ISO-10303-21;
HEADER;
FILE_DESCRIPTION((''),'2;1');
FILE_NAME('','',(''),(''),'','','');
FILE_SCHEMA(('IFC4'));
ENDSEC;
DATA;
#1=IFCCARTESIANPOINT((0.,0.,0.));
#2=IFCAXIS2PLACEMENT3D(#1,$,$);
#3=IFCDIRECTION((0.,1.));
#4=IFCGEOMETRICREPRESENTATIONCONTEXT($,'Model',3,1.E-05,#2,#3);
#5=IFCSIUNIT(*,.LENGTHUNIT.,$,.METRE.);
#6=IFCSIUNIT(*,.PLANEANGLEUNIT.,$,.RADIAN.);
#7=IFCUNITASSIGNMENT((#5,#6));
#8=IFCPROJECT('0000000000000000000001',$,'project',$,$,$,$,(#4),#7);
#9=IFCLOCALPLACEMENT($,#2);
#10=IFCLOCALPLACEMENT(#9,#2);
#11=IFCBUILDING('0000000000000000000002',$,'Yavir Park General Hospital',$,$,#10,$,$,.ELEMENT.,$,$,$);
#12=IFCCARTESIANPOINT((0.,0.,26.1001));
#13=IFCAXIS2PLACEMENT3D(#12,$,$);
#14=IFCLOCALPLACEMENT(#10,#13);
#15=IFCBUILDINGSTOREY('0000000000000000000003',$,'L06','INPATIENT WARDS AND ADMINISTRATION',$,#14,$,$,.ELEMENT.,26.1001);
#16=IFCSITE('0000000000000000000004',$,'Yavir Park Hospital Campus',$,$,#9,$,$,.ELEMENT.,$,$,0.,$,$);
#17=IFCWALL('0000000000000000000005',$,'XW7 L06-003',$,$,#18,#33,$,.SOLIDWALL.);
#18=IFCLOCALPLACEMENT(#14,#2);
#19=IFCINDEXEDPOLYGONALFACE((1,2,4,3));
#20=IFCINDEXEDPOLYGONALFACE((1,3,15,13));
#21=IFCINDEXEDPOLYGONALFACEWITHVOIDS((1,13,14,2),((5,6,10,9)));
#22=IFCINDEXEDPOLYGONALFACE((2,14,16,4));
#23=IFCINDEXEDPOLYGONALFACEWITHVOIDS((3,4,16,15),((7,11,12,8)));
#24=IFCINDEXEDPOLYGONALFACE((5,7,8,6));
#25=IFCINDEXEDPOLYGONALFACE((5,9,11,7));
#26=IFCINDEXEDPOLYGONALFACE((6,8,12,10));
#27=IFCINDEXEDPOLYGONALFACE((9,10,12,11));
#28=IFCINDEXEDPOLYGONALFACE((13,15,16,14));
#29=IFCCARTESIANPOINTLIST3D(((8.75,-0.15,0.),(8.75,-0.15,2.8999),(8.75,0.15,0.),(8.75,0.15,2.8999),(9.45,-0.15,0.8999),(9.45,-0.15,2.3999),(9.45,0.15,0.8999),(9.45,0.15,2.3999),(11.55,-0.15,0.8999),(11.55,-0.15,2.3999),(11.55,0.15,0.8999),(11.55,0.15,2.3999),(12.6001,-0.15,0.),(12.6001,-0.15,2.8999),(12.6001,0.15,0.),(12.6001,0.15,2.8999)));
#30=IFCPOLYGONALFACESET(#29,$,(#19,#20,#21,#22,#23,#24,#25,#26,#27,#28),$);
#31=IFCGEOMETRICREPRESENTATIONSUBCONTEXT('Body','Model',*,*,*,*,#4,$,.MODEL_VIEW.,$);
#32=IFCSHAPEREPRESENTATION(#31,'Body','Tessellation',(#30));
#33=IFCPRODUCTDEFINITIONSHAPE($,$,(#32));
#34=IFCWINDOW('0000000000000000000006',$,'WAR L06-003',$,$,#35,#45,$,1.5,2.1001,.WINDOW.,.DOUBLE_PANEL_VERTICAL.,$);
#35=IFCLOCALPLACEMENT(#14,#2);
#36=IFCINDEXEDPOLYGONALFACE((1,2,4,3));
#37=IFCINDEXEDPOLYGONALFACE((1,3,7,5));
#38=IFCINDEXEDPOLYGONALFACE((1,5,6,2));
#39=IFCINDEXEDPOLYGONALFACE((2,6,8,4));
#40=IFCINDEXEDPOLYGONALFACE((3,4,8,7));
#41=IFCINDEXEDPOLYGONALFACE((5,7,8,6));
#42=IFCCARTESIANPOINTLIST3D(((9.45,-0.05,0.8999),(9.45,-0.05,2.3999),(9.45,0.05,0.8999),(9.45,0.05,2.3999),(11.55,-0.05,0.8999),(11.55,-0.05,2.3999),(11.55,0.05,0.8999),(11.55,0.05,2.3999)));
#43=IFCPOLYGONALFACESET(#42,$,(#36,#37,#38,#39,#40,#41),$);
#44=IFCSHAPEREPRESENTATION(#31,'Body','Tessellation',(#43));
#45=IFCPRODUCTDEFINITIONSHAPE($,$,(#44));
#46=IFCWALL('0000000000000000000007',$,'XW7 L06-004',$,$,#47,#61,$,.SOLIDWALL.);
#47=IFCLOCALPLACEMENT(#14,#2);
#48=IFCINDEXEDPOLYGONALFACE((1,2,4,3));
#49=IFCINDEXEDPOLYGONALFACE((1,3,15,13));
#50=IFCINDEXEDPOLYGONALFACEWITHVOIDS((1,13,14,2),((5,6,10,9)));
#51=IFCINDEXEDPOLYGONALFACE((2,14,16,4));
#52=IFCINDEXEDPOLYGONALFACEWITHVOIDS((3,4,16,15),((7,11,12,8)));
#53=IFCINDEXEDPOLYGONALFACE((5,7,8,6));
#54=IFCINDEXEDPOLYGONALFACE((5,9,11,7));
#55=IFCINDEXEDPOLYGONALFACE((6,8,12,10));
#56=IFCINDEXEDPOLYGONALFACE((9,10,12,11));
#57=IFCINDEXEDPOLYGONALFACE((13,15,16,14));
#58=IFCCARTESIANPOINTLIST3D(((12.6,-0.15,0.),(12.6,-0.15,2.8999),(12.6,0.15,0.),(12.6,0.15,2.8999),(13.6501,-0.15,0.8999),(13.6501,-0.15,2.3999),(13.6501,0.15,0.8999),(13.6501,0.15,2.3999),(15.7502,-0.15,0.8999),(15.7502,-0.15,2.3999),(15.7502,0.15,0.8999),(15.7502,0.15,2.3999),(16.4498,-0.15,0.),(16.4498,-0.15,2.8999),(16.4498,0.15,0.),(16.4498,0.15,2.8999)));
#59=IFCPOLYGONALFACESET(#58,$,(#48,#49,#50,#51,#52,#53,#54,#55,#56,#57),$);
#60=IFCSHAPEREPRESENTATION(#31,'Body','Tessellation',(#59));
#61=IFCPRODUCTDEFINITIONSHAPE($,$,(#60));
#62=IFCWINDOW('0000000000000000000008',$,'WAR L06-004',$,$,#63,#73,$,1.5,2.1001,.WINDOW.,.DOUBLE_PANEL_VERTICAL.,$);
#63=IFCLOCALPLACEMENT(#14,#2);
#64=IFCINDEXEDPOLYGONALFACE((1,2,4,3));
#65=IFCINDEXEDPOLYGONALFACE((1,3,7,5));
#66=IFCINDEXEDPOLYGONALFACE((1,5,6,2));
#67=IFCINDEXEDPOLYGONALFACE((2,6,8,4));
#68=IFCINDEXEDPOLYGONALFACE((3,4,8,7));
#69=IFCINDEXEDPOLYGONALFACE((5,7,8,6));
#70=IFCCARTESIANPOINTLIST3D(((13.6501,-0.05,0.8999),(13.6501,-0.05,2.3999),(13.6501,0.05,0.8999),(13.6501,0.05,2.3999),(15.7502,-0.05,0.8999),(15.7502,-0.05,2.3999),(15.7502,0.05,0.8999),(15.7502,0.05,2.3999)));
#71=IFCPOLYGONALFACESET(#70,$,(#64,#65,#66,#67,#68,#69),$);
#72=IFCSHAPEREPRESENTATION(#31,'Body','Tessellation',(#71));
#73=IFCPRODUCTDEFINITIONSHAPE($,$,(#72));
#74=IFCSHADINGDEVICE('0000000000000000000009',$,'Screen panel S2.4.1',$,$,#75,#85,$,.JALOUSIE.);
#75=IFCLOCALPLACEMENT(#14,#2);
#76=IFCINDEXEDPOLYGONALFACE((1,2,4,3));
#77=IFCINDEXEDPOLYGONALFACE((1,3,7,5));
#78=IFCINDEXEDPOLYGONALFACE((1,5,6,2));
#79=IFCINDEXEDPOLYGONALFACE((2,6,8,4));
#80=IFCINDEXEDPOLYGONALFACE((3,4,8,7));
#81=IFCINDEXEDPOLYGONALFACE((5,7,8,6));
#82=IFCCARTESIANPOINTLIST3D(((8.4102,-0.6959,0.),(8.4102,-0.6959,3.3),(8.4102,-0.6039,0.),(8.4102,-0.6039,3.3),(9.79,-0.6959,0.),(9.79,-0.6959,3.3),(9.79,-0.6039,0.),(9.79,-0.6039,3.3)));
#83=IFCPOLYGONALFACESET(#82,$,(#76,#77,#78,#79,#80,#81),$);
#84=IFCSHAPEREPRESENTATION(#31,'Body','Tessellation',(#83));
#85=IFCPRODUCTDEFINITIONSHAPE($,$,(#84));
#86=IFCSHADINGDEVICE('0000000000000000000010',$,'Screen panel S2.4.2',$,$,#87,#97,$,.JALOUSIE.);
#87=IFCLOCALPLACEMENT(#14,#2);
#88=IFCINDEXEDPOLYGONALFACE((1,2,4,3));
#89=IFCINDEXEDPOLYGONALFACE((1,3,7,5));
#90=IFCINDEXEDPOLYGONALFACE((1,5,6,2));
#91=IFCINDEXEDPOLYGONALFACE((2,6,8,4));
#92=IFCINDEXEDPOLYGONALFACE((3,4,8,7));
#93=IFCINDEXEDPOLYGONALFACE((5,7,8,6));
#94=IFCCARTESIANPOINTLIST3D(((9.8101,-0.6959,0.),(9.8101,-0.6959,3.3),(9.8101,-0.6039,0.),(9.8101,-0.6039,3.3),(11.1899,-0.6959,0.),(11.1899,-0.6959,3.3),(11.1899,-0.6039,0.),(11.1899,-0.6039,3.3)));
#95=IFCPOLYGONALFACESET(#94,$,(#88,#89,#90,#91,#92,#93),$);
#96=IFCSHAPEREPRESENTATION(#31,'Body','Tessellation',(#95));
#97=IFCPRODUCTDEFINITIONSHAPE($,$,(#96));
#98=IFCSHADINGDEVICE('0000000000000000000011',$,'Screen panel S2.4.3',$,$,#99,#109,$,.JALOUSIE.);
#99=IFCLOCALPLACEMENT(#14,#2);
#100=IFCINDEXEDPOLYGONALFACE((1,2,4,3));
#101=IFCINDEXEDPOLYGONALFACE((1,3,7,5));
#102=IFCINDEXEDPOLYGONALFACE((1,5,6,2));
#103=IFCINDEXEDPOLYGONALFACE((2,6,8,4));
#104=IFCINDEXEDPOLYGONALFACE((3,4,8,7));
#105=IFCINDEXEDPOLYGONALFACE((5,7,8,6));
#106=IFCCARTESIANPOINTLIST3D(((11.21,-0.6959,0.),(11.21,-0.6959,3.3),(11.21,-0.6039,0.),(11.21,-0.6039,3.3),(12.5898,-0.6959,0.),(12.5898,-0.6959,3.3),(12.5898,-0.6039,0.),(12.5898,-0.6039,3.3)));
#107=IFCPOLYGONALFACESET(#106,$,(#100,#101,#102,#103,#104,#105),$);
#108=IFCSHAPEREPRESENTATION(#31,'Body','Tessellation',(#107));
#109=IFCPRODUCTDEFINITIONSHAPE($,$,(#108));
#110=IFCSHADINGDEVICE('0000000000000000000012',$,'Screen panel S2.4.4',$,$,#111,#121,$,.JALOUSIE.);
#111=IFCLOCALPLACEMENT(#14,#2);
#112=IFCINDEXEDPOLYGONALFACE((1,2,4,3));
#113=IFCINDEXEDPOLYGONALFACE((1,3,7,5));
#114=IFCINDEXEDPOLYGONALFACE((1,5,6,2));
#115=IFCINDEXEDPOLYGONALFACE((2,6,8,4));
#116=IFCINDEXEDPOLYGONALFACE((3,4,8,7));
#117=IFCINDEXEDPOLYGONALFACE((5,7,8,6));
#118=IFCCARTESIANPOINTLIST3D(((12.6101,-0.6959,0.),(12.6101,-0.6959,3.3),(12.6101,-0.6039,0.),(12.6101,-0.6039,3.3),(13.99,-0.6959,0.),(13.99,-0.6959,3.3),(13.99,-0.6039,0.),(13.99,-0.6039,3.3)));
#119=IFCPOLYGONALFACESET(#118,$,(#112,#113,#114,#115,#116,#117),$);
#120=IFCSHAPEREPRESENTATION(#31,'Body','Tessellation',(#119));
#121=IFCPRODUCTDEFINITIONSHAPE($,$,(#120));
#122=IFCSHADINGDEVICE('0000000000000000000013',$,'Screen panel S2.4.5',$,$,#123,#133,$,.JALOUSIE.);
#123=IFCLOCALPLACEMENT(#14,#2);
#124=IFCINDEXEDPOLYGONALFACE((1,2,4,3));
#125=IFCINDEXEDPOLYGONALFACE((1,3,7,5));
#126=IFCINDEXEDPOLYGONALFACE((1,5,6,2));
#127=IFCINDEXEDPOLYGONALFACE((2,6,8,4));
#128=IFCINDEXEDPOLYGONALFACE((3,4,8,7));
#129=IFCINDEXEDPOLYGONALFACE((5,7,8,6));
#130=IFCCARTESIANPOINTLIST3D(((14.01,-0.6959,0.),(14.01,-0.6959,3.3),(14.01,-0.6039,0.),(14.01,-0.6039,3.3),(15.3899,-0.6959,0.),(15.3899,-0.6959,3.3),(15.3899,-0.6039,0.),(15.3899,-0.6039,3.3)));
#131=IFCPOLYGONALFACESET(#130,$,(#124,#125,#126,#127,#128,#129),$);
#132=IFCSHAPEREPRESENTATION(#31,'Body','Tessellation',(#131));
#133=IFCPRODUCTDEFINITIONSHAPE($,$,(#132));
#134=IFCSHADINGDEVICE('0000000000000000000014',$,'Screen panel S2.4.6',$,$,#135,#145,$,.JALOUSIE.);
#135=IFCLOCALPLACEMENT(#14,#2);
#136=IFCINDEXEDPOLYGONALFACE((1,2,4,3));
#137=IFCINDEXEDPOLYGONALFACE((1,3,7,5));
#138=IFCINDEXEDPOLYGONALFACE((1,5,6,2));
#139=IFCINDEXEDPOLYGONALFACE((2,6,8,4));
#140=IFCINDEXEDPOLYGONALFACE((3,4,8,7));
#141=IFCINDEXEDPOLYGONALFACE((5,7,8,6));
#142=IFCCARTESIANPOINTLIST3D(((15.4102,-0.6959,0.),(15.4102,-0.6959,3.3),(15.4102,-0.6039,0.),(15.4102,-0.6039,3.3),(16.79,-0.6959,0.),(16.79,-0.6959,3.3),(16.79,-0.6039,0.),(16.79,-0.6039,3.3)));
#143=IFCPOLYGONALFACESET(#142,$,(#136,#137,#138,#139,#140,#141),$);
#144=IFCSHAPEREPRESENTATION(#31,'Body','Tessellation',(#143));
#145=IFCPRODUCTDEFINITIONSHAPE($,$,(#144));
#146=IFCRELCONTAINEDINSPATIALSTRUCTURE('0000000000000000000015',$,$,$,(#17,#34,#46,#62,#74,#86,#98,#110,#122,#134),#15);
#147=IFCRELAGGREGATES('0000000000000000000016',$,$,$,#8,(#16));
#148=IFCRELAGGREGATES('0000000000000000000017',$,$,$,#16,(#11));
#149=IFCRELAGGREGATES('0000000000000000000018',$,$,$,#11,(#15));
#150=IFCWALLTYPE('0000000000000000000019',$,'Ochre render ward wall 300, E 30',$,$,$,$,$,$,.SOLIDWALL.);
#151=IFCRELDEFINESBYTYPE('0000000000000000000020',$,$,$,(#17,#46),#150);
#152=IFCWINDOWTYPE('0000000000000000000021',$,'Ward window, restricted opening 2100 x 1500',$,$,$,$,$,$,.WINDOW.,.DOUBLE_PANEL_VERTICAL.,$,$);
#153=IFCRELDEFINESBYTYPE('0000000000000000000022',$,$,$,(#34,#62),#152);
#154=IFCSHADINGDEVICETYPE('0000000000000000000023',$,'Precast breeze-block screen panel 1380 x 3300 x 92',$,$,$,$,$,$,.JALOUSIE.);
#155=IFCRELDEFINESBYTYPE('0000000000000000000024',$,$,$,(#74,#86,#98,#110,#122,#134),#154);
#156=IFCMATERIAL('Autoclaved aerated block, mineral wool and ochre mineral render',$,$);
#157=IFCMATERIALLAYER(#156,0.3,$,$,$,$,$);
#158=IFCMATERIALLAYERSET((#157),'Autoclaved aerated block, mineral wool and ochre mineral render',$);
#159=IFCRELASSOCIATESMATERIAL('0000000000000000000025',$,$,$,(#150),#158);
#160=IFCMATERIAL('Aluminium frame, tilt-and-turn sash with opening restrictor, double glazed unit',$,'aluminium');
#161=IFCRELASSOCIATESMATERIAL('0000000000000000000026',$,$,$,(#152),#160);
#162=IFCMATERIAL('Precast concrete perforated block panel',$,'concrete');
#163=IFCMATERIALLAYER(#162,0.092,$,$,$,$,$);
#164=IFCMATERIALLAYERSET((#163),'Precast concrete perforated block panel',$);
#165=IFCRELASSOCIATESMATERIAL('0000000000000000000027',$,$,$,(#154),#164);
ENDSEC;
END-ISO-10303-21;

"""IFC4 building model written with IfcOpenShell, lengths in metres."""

from ifc_helpers import new_model, si_unit, direction, frame, frame_2d, origin, origin_2d, place, context, subcontext, project, spatial, rectangle, extrude, material, layer, layer_set, type_object, element, fill, save


model = new_model("IFC4")

# Units and contexts
model_context = context("Model", 3, precision=1e-05, world=origin(), true_north=direction((0.0, 1.0)))
body_context = subcontext(model_context, "Body", "Model", "MODEL_VIEW")
ifc_project = project(units=[si_unit("LENGTHUNIT", "METRE"), si_unit("PLANEANGLEUNIT", "RADIAN")], contexts=[model_context])

# Site, building, storey
site_placement = place(None, origin())
site = spatial("IfcSite", under=ifc_project, at=site_placement, Name="Yavir Park Hospital Campus", CompositionType="ELEMENT", RefElevation=0.0)
building_placement = place(site_placement, origin())
building = spatial("IfcBuilding", under=site, at=building_placement, Name="Yavir Park General Hospital", CompositionType="ELEMENT")
storey_placement = place(building_placement, frame((0.0, 0.0, 26.1001)))
storey = spatial("IfcBuildingStorey", under=building, at=storey_placement, Name="L06", Description="INPATIENT WARDS AND ADMINISTRATION", CompositionType="ELEMENT", Elevation=26.1001)

# Walls, openings, windows
ifc_material_1 = material(Name="Autoclaved aerated block, mineral wool and ochre mineral render")
ifc_layer_1 = layer(ifc_material_1, 0.3)
ifc_layer_set_1 = layer_set([ifc_layer_1], Name="Autoclaved aerated block, mineral wool and ochre mineral render")
wall_type_1 = type_object("IfcWallType", Name="Ochre render ward wall 300, E 30", PredefinedType="SOLIDWALL", material=ifc_layer_set_1)
ifc_material_2 = material(Name="Aluminium frame, tilt-and-turn sash with opening restrictor, double glazed unit", Category="aluminium")
window_type = type_object("IfcWindowType", Name="Ward window, restricted opening 2100 x 1500", PartitioningType="DOUBLE_PANEL_VERTICAL", PredefinedType="WINDOW", material=ifc_material_2)
wall_1_placement = place(storey_placement, frame((8.75, 0.0, 0.0), z_axis=(0.0, 0.0, 1.0), x_axis=(1.0, 0.0, 0.0)))
wall_1 = element("IfcWall", 1, at=wall_1_placement, inside=storey, type_object=wall_type_1, Name="XW7 L06-003", PredefinedType="SOLIDWALL", context=body_context, shape_type="SweptSolid", body=[
    extrude(rectangle(XDim=3.8501, YDim=0.3, at=frame_2d((1.925, 0.0))), origin(), (0.0, 0.0, 1.0), 2.8999),
])
opening_1_placement = place(wall_1_placement, frame((0.7, 0.0, 0.8999)))
opening_1 = element("IfcOpeningElement", 2, at=opening_1_placement, cuts=wall_1, PredefinedType="OPENING", context=body_context, shape_type="SweptSolid", body=[
    extrude(rectangle(XDim=2.1001, YDim=1.5, at=frame_2d((1.05, 0.75))), frame((0.0, 0.1599, 0.0), z_axis=(0.0, -1.0, 0.0), x_axis=(1.0, 0.0, 0.0)), (0.0, 0.0, 1.0), 0.3201),
])
window_1_placement = place(opening_1_placement, origin())
window_1 = element("IfcWindow", 3, at=window_1_placement, inside=storey, type_object=window_type, Name="WAR L06-003", OverallHeight=1.5, OverallWidth=2.1001, PartitioningType="DOUBLE_PANEL_VERTICAL", PredefinedType="WINDOW", context=body_context, shape_type="SweptSolid", body=[
    extrude(rectangle(XDim=2.1001, YDim=1.5, at=frame_2d((1.05, 0.75))), frame((0.0, 0.05, 0.0), z_axis=(0.0, -1.0, 0.0), x_axis=(1.0, 0.0, 0.0)), (0.0, 0.0, 1.0), 0.1001),
])
fill(opening_1, window_1)
wall_2_placement = place(storey_placement, frame((12.6001, 0.0, 0.0), z_axis=(0.0, 0.0, 1.0), x_axis=(1.0, 0.0, 0.0)))
wall_2 = element("IfcWall", 4, at=wall_2_placement, inside=storey, type_object=wall_type_1, Name="XW7 L06-004", PredefinedType="SOLIDWALL", context=body_context, shape_type="SweptSolid", body=[
    extrude(rectangle(XDim=3.8499, YDim=0.3, at=frame_2d((1.9248, 0.0))), origin(), (0.0, 0.0, 1.0), 2.8999),
])
opening_2_placement = place(wall_2_placement, frame((1.05, 0.0, 0.8999)))
opening_2 = element("IfcOpeningElement", 5, at=opening_2_placement, cuts=wall_2, PredefinedType="OPENING", context=body_context, shape_type="SweptSolid", body=[
    extrude(rectangle(XDim=2.1001, YDim=1.5, at=frame_2d((1.05, 0.75))), frame((0.0, 0.1599, 0.0), z_axis=(0.0, -1.0, 0.0), x_axis=(1.0, 0.0, 0.0)), (0.0, 0.0, 1.0), 0.3201),
])
window_2_placement = place(opening_2_placement, origin())
window_2 = element("IfcWindow", 6, at=window_2_placement, inside=storey, type_object=window_type, Name="WAR L06-004", OverallHeight=1.5, OverallWidth=2.1001, PartitioningType="DOUBLE_PANEL_VERTICAL", PredefinedType="WINDOW", context=body_context, shape_type="SweptSolid", body=[
    extrude(rectangle(XDim=2.1001, YDim=1.5, at=frame_2d((1.05, 0.75))), frame((0.0, 0.05, 0.0), z_axis=(0.0, -1.0, 0.0), x_axis=(1.0, 0.0, 0.0)), (0.0, 0.0, 1.0), 0.1001),
])
fill(opening_2, window_2)

# Shading devices
ifc_material_3 = material(Name="Precast concrete perforated block panel", Category="concrete")
ifc_layer_2 = layer(ifc_material_3, 0.092)
ifc_layer_set_2 = layer_set([ifc_layer_2], Name="Precast concrete perforated block panel")
shading_device_type = type_object("IfcShadingDeviceType", Name="Precast breeze-block screen panel 1380 x 3300 x 92", PredefinedType="JALOUSIE", material=ifc_layer_set_2)
for number, where, z_axis, x_axis, name in (
    (7, (9.1001, -0.6499, 0.0), (0.0, 0.0, 1.0), (1.0, 0.0, 0.0), "Screen panel S2.4.1"),
    (8, (10.5, -0.6499, 0.0), (0.0, 0.0, 1.0), (1.0, 0.0, 0.0), "Screen panel S2.4.2"),
    (9, (11.8999, -0.6499, 0.0), (0.0, 0.0, 1.0), (1.0, 0.0, 0.0), "Screen panel S2.4.3"),
    (10, (13.3, -0.6499, 0.0), (0.0, 0.0, 1.0), (1.0, 0.0, 0.0), "Screen panel S2.4.4"),
    (11, (14.7, -0.6499, 0.0), (0.0, 0.0, 1.0), (1.0, 0.0, 0.0), "Screen panel S2.4.5"),
    (12, (16.1001, -0.6499, 0.0), (0.0, 0.0, 1.0), (1.0, 0.0, 0.0), "Screen panel S2.4.6"),
):
    element("IfcShadingDevice", number, at=place(storey_placement, frame(where, z_axis=z_axis, x_axis=x_axis)), inside=storey, type_object=shading_device_type, Name=name, PredefinedType="JALOUSIE", context=body_context, shape_type="SweptSolid", body=[
        extrude(rectangle(XDim=1.3799, YDim=0.092, at=origin_2d()), origin(), (0.0, 0.0, 1.0), 3.3),
    ])

save(model, "model.ifc")
